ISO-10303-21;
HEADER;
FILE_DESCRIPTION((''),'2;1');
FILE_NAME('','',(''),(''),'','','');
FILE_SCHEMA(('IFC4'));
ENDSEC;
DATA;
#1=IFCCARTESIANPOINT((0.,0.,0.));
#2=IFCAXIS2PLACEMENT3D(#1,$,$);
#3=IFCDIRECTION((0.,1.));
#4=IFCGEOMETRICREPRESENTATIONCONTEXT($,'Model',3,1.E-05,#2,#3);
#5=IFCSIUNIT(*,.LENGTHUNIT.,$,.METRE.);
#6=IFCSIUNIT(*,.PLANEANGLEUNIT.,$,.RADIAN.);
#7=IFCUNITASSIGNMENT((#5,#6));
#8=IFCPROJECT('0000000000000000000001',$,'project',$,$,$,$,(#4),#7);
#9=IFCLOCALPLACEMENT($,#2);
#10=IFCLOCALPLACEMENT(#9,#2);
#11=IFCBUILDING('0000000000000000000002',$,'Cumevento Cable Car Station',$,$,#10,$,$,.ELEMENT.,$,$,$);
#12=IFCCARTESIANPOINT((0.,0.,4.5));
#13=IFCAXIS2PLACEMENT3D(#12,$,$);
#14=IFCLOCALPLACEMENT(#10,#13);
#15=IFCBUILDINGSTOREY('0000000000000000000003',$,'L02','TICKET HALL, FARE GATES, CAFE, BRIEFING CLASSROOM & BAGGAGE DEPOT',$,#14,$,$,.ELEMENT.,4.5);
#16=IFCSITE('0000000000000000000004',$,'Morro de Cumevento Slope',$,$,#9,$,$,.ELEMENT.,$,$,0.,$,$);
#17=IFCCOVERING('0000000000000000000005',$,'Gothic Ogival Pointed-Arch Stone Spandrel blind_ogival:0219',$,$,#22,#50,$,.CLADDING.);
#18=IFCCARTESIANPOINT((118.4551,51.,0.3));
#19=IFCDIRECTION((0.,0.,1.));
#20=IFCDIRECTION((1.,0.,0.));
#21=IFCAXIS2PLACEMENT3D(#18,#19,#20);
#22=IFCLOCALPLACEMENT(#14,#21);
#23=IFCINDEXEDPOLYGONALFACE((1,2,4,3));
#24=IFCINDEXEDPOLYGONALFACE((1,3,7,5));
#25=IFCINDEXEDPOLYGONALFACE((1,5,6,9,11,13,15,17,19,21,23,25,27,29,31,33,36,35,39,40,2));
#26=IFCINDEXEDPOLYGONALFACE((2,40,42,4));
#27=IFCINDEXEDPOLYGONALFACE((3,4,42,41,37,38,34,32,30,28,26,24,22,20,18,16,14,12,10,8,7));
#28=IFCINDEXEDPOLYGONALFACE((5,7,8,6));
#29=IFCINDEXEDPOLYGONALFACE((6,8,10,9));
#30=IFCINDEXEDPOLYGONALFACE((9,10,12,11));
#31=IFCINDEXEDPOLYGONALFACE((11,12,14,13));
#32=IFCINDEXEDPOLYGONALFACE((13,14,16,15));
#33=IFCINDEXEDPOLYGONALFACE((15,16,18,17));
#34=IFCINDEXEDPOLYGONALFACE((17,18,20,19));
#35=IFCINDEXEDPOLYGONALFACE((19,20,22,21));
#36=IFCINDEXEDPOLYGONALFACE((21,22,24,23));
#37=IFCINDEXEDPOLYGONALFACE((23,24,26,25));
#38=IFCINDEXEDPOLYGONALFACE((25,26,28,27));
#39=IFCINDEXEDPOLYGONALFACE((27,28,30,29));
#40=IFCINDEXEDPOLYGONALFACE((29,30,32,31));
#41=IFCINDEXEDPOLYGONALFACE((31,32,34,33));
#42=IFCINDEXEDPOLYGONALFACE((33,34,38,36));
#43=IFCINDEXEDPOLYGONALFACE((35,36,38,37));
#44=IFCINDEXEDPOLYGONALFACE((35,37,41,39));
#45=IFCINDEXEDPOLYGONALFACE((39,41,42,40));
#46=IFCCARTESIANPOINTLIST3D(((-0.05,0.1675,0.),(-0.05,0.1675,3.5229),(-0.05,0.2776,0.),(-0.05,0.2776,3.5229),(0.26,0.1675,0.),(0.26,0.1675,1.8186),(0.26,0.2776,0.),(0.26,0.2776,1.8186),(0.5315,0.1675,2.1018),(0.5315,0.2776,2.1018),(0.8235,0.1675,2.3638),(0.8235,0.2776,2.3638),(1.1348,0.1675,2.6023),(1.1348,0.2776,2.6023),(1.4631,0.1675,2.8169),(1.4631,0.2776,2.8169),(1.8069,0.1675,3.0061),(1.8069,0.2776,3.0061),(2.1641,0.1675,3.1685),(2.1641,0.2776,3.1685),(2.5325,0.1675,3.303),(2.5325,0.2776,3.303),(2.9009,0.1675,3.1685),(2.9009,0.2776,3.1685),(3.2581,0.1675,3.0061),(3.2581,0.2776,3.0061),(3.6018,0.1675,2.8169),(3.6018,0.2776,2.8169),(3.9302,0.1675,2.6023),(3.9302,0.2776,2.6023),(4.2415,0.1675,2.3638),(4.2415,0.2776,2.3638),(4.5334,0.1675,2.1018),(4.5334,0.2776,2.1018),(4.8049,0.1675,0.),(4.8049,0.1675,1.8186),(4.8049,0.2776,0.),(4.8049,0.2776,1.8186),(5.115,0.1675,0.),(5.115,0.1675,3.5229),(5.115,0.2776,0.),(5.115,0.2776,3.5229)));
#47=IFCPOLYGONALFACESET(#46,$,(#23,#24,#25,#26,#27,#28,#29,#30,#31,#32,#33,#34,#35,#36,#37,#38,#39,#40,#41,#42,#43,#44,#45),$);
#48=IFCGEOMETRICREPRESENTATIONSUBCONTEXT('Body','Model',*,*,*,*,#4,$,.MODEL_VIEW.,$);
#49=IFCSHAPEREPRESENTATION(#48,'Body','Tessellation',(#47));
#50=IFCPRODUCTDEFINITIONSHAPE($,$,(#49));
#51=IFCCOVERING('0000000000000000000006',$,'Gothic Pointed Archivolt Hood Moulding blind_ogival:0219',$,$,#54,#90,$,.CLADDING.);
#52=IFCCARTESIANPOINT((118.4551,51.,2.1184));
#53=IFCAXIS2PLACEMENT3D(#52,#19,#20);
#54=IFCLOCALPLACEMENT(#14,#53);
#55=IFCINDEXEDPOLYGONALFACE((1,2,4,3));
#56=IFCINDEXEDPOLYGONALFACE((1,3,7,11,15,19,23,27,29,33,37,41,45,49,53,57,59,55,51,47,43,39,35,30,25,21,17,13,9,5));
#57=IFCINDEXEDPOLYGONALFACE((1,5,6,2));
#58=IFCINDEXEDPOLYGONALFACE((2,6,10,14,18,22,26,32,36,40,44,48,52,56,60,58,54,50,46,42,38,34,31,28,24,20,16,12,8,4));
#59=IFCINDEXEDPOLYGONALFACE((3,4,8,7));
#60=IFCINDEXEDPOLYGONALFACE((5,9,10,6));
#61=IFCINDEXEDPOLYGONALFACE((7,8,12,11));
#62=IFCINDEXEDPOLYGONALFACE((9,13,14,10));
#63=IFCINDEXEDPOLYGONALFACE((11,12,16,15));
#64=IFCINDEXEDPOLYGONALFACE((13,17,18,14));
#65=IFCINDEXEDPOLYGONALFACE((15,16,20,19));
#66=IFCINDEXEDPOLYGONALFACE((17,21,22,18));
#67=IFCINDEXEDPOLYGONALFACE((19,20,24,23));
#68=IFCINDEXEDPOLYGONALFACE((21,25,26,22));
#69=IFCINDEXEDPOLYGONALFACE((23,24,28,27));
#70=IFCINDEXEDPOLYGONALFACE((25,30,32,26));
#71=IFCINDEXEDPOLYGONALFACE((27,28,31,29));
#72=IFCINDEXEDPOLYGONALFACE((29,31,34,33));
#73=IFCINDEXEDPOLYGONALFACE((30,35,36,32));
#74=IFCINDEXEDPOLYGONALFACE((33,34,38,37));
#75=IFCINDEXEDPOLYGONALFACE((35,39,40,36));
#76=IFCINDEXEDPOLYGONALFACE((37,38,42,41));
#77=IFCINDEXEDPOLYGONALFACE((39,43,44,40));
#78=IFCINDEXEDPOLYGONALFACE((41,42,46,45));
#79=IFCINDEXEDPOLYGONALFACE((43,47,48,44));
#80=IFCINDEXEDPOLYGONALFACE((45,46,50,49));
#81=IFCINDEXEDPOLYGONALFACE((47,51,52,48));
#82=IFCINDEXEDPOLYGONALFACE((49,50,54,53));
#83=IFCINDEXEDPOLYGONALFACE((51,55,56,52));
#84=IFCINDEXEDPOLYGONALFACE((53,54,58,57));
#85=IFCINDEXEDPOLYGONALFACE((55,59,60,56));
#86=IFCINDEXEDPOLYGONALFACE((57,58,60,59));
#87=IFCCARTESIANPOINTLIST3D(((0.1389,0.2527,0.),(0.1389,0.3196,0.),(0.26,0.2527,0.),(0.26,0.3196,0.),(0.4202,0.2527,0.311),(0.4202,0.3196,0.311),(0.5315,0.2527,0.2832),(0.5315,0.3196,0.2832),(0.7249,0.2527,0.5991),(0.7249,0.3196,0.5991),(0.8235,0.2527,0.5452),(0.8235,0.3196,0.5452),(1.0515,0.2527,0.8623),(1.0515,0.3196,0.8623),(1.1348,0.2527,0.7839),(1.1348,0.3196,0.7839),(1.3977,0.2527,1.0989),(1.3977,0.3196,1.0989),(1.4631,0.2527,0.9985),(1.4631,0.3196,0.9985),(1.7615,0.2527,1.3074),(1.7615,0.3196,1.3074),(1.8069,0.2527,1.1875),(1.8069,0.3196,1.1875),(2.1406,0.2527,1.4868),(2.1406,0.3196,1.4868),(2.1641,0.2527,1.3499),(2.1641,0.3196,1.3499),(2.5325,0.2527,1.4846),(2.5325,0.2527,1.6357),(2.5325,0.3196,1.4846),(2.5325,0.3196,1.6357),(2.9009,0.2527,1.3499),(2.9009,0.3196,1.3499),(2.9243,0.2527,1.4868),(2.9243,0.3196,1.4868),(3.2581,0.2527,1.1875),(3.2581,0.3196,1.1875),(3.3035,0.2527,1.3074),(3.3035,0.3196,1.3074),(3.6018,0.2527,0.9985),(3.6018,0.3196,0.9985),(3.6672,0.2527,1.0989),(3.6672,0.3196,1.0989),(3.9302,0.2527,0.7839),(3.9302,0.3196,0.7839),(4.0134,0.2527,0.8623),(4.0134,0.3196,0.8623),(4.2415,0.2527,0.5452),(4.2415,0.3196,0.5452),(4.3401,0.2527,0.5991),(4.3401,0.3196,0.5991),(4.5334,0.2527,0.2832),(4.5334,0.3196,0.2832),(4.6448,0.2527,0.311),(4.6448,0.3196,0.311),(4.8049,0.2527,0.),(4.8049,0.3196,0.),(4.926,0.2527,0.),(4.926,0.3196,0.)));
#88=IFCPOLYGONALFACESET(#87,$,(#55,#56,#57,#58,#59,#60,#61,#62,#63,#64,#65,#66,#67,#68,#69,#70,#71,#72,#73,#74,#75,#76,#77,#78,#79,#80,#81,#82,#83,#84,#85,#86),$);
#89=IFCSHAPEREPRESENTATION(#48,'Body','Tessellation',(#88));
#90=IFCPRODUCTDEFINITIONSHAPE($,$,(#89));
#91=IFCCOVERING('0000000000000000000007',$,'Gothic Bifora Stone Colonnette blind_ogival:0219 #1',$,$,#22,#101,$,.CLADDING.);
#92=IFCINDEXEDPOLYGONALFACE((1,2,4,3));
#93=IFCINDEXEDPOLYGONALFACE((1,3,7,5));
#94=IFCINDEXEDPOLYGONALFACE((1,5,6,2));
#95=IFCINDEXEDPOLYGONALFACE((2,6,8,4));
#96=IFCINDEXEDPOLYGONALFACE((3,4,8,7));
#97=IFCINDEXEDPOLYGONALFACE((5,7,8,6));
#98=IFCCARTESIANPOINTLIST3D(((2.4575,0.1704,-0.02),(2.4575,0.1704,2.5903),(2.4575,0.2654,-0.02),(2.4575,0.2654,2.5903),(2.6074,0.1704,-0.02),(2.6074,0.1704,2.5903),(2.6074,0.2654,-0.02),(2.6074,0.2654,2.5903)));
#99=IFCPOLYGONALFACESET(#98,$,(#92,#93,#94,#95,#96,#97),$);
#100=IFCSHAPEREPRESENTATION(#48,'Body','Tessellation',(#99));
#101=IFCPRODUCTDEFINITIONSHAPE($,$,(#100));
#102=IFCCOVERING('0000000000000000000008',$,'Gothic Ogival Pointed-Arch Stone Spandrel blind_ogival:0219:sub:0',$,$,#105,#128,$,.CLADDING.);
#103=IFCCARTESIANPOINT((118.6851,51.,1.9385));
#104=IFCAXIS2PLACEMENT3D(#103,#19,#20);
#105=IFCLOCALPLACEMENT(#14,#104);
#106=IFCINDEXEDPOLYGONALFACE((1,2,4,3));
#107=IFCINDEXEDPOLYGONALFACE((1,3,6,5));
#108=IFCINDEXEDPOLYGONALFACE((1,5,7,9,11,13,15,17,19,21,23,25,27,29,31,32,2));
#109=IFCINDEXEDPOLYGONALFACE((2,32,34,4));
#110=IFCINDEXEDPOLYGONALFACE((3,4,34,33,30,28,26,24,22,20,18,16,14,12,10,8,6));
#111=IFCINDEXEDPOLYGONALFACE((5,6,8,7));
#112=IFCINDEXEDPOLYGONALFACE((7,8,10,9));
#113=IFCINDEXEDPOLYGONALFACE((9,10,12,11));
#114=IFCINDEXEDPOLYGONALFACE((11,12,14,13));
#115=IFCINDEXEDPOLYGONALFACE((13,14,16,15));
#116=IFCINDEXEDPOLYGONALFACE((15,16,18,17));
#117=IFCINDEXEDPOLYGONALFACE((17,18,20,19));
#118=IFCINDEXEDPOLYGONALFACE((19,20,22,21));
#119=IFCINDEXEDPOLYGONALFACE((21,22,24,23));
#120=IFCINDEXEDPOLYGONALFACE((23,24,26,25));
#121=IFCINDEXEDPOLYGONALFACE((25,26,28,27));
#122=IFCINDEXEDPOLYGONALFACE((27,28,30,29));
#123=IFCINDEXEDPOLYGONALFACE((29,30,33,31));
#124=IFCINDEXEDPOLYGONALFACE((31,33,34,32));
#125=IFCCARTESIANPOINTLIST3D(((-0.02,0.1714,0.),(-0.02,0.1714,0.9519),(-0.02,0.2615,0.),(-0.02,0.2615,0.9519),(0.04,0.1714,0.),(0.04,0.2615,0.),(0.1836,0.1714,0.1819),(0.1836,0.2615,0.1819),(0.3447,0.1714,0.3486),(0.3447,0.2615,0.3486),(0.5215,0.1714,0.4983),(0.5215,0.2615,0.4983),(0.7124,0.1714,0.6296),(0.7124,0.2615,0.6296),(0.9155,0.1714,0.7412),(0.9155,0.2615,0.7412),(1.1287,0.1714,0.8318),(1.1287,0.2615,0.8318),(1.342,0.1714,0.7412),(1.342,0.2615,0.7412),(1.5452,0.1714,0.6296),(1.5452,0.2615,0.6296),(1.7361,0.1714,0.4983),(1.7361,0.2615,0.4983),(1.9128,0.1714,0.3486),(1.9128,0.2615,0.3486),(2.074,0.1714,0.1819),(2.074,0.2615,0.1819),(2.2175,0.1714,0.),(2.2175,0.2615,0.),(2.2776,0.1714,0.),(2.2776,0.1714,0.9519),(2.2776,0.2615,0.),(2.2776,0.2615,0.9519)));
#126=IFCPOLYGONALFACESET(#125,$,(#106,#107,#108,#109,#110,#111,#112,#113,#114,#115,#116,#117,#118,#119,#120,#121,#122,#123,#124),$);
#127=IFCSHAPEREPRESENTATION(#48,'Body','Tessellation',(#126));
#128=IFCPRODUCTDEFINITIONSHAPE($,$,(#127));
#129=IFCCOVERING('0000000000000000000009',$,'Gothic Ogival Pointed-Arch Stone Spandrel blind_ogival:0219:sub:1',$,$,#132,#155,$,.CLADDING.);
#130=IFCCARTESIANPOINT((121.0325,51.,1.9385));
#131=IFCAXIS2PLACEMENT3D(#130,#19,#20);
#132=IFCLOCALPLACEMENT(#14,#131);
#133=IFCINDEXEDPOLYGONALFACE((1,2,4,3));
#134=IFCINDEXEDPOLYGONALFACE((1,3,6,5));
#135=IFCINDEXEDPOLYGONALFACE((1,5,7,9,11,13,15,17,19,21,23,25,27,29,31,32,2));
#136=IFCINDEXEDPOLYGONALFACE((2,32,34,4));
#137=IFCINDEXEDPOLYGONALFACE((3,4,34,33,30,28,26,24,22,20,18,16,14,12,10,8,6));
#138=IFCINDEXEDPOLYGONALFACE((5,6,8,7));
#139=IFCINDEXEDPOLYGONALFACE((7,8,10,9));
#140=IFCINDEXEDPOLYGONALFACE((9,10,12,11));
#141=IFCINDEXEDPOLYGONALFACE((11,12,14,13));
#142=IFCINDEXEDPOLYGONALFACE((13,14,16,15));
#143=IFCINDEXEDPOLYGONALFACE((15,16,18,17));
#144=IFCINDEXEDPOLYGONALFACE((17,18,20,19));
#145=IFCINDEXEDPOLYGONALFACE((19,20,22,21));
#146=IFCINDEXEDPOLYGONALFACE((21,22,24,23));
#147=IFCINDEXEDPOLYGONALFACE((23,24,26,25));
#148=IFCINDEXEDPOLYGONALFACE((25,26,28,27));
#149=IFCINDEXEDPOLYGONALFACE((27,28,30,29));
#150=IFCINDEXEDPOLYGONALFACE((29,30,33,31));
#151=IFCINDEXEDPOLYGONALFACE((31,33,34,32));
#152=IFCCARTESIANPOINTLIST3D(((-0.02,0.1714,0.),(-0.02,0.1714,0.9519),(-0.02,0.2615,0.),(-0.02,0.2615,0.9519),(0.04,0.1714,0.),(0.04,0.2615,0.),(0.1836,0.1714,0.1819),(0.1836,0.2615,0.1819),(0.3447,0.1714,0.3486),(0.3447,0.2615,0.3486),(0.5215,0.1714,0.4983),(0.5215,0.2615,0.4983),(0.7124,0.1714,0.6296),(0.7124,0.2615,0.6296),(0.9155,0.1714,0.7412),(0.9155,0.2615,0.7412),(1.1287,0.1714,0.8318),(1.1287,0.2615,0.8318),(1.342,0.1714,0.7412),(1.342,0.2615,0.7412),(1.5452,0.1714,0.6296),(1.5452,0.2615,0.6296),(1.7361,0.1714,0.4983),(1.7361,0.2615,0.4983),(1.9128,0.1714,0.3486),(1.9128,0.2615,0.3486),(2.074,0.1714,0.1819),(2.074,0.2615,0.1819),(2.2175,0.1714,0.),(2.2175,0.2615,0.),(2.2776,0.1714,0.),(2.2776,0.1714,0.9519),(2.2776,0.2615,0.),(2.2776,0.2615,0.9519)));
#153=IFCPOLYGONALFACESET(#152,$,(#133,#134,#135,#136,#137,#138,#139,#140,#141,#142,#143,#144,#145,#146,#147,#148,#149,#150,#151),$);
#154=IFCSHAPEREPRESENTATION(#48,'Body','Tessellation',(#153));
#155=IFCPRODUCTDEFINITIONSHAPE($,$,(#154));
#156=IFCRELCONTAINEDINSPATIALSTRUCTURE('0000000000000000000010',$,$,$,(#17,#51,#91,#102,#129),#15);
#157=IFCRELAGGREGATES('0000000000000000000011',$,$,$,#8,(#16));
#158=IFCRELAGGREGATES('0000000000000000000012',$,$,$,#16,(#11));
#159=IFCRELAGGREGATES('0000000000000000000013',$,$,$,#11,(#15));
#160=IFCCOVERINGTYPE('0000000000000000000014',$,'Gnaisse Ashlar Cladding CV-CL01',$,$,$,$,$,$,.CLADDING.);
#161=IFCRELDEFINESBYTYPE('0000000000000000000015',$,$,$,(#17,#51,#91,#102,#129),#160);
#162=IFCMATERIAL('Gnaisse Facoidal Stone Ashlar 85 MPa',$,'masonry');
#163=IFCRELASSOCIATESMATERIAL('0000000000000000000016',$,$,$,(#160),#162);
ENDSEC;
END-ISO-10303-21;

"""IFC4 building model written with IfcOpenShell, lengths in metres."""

from ifc_helpers import new_model, si_unit, direction, frame, origin, place, context, subcontext, project, spatial, polyline, outline, extrude, material, type_object, element, save


model = new_model("IFC4")

# Units and contexts
model_context = context("Model", 3, precision=1e-05, world=origin(), true_north=direction((0.0, 1.0)))
body_context = subcontext(model_context, "Body", "Model", "MODEL_VIEW")
ifc_project = project(units=[si_unit("LENGTHUNIT", "METRE"), si_unit("PLANEANGLEUNIT", "RADIAN")], contexts=[model_context])

# Site, building, storey
site_placement = place(None, origin())
site = spatial("IfcSite", under=ifc_project, at=site_placement, Name="Morro de Cumevento Slope", CompositionType="ELEMENT", RefElevation=0.0)
building_placement = place(site_placement, origin())
building = spatial("IfcBuilding", under=site, at=building_placement, Name="Cumevento Cable Car Station", CompositionType="ELEMENT")
storey_placement = place(building_placement, frame((0.0, 0.0, 4.5)))
storey = spatial("IfcBuildingStorey", under=building, at=storey_placement, Name="L02", Description="TICKET HALL, FARE GATES, CAFE, BRIEFING CLASSROOM & BAGGAGE DEPOT", CompositionType="ELEMENT", Elevation=4.5)

# Coverings
ifc_material_1 = material(Name="Gnaisse Facoidal Stone Ashlar 85 MPa", Category="masonry")
covering_type = type_object("IfcCoveringType", Name="Gnaisse Ashlar Cladding CV-CL01", PredefinedType="CLADDING", material=ifc_material_1)
placement_1 = place(storey_placement, frame((118.4551, 51.0, 0.3), z_axis=(0.0, 0.0, 1.0), x_axis=(1.0, 0.0, 0.0)))
element("IfcCovering", 1, at=placement_1, inside=storey, type_object=covering_type, Name="Gothic Ogival Pointed-Arch Stone Spandrel blind_ogival:0219", PredefinedType="CLADDING", context=body_context, shape_type="SweptSolid", body=[
    extrude(outline(polyline([(-0.05, 0.0), (-0.05, 3.5229), (5.115, 3.5229), (5.115, 0.0), (4.8049, 0.0), (4.8049, 1.8186), (4.5334, 2.1018), (4.2415, 2.3638), (3.9302, 2.6023), (3.6018, 2.8169), (3.2581, 3.0061), (2.9009, 3.1685), (2.5325, 3.303), (2.1641, 3.1685), (1.8069, 3.0061), (1.4631, 2.8169), (1.1348, 2.6023), (0.8235, 2.3638), (0.5315, 2.1018), (0.26, 1.8186), (0.26, 0.0), (-0.05, 0.0)])), frame((0.0, 0.2776, 0.0), z_axis=(0.0, -1.0, 0.0), x_axis=(1.0, 0.0, 0.0)), (0.0, 0.0, 1.0), 0.1101),
])
covering_1_placement = place(storey_placement, frame((118.4551, 51.0, 2.1184), z_axis=(0.0, 0.0, 1.0), x_axis=(1.0, 0.0, 0.0)))
element("IfcCovering", 2, at=covering_1_placement, inside=storey, type_object=covering_type, Name="Gothic Pointed Archivolt Hood Moulding blind_ogival:0219", PredefinedType="CLADDING", context=body_context, shape_type="SweptSolid", body=[
    extrude(outline(polyline([(0.26, 0.0), (0.5315, 0.2832), (0.8235, 0.5452), (1.1348, 0.7839), (1.4631, 0.9985), (1.8069, 1.1875), (2.1641, 1.3499), (2.5325, 1.4846), (2.9009, 1.3499), (3.2581, 1.1875), (3.6018, 0.9985), (3.9302, 0.7839), (4.2415, 0.5452), (4.5334, 0.2832), (4.8049, 0.0), (4.926, 0.0), (4.6448, 0.311), (4.3401, 0.5991), (4.0134, 0.8623), (3.6672, 1.0989), (3.3035, 1.3074), (2.9243, 1.4868), (2.5325, 1.6357), (2.1406, 1.4868), (1.7615, 1.3074), (1.3977, 1.0989), (1.0515, 0.8623), (0.7249, 0.5991), (0.4202, 0.311), (0.1389, 0.0), (0.26, 0.0)])), frame((0.0, 0.3196, 0.0), z_axis=(0.0, -1.0, 0.0), x_axis=(1.0, 0.0, 0.0)), (0.0, 0.0, 1.0), 0.0669),
])
element("IfcCovering", 3, at=placement_1, inside=storey, type_object=covering_type, Name="Gothic Bifora Stone Colonnette blind_ogival:0219 #1", PredefinedType="CLADDING", context=body_context, shape_type="SweptSolid", body=[
    extrude(outline(polyline([(2.4575, -0.02), (2.6074, -0.02), (2.6074, 2.5903), (2.4575, 2.5903), (2.4575, -0.02)])), frame((0.0, 0.2654, 0.0), z_axis=(0.0, -1.0, 0.0), x_axis=(1.0, 0.0, 0.0)), (0.0, 0.0, 1.0), 0.095),
])
for number, where, z_axis, x_axis, name in (
    (4, (118.6851, 51.0, 1.9385), (0.0, 0.0, 1.0), (1.0, 0.0, 0.0), "Gothic Ogival Pointed-Arch Stone Spandrel blind_ogival:0219:sub:0"),
    (5, (121.0325, 51.0, 1.9385), (0.0, 0.0, 1.0), (1.0, 0.0, 0.0), "Gothic Ogival Pointed-Arch Stone Spandrel blind_ogival:0219:sub:1"),
):
    element("IfcCovering", number, at=place(storey_placement, frame(where, z_axis=z_axis, x_axis=x_axis)), inside=storey, type_object=covering_type, Name=name, PredefinedType="CLADDING", context=body_context, shape_type="SweptSolid", body=[
        extrude(outline(polyline([(-0.02, 0.0), (-0.02, 0.9519), (2.2776, 0.9519), (2.2776, 0.0), (2.2175, 0.0), (2.074, 0.1819), (1.9128, 0.3486), (1.7361, 0.4983), (1.5452, 0.6296), (1.342, 0.7412), (1.1287, 0.8318), (0.9155, 0.7412), (0.7124, 0.6296), (0.5215, 0.4983), (0.3447, 0.3486), (0.1836, 0.1819), (0.04, 0.0), (-0.02, 0.0)])), frame((0.0, 0.2615, 0.0), z_axis=(0.0, -1.0, 0.0), x_axis=(1.0, 0.0, 0.0)), (0.0, 0.0, 1.0), 0.0901),
    ])

save(model, "model.ifc")
